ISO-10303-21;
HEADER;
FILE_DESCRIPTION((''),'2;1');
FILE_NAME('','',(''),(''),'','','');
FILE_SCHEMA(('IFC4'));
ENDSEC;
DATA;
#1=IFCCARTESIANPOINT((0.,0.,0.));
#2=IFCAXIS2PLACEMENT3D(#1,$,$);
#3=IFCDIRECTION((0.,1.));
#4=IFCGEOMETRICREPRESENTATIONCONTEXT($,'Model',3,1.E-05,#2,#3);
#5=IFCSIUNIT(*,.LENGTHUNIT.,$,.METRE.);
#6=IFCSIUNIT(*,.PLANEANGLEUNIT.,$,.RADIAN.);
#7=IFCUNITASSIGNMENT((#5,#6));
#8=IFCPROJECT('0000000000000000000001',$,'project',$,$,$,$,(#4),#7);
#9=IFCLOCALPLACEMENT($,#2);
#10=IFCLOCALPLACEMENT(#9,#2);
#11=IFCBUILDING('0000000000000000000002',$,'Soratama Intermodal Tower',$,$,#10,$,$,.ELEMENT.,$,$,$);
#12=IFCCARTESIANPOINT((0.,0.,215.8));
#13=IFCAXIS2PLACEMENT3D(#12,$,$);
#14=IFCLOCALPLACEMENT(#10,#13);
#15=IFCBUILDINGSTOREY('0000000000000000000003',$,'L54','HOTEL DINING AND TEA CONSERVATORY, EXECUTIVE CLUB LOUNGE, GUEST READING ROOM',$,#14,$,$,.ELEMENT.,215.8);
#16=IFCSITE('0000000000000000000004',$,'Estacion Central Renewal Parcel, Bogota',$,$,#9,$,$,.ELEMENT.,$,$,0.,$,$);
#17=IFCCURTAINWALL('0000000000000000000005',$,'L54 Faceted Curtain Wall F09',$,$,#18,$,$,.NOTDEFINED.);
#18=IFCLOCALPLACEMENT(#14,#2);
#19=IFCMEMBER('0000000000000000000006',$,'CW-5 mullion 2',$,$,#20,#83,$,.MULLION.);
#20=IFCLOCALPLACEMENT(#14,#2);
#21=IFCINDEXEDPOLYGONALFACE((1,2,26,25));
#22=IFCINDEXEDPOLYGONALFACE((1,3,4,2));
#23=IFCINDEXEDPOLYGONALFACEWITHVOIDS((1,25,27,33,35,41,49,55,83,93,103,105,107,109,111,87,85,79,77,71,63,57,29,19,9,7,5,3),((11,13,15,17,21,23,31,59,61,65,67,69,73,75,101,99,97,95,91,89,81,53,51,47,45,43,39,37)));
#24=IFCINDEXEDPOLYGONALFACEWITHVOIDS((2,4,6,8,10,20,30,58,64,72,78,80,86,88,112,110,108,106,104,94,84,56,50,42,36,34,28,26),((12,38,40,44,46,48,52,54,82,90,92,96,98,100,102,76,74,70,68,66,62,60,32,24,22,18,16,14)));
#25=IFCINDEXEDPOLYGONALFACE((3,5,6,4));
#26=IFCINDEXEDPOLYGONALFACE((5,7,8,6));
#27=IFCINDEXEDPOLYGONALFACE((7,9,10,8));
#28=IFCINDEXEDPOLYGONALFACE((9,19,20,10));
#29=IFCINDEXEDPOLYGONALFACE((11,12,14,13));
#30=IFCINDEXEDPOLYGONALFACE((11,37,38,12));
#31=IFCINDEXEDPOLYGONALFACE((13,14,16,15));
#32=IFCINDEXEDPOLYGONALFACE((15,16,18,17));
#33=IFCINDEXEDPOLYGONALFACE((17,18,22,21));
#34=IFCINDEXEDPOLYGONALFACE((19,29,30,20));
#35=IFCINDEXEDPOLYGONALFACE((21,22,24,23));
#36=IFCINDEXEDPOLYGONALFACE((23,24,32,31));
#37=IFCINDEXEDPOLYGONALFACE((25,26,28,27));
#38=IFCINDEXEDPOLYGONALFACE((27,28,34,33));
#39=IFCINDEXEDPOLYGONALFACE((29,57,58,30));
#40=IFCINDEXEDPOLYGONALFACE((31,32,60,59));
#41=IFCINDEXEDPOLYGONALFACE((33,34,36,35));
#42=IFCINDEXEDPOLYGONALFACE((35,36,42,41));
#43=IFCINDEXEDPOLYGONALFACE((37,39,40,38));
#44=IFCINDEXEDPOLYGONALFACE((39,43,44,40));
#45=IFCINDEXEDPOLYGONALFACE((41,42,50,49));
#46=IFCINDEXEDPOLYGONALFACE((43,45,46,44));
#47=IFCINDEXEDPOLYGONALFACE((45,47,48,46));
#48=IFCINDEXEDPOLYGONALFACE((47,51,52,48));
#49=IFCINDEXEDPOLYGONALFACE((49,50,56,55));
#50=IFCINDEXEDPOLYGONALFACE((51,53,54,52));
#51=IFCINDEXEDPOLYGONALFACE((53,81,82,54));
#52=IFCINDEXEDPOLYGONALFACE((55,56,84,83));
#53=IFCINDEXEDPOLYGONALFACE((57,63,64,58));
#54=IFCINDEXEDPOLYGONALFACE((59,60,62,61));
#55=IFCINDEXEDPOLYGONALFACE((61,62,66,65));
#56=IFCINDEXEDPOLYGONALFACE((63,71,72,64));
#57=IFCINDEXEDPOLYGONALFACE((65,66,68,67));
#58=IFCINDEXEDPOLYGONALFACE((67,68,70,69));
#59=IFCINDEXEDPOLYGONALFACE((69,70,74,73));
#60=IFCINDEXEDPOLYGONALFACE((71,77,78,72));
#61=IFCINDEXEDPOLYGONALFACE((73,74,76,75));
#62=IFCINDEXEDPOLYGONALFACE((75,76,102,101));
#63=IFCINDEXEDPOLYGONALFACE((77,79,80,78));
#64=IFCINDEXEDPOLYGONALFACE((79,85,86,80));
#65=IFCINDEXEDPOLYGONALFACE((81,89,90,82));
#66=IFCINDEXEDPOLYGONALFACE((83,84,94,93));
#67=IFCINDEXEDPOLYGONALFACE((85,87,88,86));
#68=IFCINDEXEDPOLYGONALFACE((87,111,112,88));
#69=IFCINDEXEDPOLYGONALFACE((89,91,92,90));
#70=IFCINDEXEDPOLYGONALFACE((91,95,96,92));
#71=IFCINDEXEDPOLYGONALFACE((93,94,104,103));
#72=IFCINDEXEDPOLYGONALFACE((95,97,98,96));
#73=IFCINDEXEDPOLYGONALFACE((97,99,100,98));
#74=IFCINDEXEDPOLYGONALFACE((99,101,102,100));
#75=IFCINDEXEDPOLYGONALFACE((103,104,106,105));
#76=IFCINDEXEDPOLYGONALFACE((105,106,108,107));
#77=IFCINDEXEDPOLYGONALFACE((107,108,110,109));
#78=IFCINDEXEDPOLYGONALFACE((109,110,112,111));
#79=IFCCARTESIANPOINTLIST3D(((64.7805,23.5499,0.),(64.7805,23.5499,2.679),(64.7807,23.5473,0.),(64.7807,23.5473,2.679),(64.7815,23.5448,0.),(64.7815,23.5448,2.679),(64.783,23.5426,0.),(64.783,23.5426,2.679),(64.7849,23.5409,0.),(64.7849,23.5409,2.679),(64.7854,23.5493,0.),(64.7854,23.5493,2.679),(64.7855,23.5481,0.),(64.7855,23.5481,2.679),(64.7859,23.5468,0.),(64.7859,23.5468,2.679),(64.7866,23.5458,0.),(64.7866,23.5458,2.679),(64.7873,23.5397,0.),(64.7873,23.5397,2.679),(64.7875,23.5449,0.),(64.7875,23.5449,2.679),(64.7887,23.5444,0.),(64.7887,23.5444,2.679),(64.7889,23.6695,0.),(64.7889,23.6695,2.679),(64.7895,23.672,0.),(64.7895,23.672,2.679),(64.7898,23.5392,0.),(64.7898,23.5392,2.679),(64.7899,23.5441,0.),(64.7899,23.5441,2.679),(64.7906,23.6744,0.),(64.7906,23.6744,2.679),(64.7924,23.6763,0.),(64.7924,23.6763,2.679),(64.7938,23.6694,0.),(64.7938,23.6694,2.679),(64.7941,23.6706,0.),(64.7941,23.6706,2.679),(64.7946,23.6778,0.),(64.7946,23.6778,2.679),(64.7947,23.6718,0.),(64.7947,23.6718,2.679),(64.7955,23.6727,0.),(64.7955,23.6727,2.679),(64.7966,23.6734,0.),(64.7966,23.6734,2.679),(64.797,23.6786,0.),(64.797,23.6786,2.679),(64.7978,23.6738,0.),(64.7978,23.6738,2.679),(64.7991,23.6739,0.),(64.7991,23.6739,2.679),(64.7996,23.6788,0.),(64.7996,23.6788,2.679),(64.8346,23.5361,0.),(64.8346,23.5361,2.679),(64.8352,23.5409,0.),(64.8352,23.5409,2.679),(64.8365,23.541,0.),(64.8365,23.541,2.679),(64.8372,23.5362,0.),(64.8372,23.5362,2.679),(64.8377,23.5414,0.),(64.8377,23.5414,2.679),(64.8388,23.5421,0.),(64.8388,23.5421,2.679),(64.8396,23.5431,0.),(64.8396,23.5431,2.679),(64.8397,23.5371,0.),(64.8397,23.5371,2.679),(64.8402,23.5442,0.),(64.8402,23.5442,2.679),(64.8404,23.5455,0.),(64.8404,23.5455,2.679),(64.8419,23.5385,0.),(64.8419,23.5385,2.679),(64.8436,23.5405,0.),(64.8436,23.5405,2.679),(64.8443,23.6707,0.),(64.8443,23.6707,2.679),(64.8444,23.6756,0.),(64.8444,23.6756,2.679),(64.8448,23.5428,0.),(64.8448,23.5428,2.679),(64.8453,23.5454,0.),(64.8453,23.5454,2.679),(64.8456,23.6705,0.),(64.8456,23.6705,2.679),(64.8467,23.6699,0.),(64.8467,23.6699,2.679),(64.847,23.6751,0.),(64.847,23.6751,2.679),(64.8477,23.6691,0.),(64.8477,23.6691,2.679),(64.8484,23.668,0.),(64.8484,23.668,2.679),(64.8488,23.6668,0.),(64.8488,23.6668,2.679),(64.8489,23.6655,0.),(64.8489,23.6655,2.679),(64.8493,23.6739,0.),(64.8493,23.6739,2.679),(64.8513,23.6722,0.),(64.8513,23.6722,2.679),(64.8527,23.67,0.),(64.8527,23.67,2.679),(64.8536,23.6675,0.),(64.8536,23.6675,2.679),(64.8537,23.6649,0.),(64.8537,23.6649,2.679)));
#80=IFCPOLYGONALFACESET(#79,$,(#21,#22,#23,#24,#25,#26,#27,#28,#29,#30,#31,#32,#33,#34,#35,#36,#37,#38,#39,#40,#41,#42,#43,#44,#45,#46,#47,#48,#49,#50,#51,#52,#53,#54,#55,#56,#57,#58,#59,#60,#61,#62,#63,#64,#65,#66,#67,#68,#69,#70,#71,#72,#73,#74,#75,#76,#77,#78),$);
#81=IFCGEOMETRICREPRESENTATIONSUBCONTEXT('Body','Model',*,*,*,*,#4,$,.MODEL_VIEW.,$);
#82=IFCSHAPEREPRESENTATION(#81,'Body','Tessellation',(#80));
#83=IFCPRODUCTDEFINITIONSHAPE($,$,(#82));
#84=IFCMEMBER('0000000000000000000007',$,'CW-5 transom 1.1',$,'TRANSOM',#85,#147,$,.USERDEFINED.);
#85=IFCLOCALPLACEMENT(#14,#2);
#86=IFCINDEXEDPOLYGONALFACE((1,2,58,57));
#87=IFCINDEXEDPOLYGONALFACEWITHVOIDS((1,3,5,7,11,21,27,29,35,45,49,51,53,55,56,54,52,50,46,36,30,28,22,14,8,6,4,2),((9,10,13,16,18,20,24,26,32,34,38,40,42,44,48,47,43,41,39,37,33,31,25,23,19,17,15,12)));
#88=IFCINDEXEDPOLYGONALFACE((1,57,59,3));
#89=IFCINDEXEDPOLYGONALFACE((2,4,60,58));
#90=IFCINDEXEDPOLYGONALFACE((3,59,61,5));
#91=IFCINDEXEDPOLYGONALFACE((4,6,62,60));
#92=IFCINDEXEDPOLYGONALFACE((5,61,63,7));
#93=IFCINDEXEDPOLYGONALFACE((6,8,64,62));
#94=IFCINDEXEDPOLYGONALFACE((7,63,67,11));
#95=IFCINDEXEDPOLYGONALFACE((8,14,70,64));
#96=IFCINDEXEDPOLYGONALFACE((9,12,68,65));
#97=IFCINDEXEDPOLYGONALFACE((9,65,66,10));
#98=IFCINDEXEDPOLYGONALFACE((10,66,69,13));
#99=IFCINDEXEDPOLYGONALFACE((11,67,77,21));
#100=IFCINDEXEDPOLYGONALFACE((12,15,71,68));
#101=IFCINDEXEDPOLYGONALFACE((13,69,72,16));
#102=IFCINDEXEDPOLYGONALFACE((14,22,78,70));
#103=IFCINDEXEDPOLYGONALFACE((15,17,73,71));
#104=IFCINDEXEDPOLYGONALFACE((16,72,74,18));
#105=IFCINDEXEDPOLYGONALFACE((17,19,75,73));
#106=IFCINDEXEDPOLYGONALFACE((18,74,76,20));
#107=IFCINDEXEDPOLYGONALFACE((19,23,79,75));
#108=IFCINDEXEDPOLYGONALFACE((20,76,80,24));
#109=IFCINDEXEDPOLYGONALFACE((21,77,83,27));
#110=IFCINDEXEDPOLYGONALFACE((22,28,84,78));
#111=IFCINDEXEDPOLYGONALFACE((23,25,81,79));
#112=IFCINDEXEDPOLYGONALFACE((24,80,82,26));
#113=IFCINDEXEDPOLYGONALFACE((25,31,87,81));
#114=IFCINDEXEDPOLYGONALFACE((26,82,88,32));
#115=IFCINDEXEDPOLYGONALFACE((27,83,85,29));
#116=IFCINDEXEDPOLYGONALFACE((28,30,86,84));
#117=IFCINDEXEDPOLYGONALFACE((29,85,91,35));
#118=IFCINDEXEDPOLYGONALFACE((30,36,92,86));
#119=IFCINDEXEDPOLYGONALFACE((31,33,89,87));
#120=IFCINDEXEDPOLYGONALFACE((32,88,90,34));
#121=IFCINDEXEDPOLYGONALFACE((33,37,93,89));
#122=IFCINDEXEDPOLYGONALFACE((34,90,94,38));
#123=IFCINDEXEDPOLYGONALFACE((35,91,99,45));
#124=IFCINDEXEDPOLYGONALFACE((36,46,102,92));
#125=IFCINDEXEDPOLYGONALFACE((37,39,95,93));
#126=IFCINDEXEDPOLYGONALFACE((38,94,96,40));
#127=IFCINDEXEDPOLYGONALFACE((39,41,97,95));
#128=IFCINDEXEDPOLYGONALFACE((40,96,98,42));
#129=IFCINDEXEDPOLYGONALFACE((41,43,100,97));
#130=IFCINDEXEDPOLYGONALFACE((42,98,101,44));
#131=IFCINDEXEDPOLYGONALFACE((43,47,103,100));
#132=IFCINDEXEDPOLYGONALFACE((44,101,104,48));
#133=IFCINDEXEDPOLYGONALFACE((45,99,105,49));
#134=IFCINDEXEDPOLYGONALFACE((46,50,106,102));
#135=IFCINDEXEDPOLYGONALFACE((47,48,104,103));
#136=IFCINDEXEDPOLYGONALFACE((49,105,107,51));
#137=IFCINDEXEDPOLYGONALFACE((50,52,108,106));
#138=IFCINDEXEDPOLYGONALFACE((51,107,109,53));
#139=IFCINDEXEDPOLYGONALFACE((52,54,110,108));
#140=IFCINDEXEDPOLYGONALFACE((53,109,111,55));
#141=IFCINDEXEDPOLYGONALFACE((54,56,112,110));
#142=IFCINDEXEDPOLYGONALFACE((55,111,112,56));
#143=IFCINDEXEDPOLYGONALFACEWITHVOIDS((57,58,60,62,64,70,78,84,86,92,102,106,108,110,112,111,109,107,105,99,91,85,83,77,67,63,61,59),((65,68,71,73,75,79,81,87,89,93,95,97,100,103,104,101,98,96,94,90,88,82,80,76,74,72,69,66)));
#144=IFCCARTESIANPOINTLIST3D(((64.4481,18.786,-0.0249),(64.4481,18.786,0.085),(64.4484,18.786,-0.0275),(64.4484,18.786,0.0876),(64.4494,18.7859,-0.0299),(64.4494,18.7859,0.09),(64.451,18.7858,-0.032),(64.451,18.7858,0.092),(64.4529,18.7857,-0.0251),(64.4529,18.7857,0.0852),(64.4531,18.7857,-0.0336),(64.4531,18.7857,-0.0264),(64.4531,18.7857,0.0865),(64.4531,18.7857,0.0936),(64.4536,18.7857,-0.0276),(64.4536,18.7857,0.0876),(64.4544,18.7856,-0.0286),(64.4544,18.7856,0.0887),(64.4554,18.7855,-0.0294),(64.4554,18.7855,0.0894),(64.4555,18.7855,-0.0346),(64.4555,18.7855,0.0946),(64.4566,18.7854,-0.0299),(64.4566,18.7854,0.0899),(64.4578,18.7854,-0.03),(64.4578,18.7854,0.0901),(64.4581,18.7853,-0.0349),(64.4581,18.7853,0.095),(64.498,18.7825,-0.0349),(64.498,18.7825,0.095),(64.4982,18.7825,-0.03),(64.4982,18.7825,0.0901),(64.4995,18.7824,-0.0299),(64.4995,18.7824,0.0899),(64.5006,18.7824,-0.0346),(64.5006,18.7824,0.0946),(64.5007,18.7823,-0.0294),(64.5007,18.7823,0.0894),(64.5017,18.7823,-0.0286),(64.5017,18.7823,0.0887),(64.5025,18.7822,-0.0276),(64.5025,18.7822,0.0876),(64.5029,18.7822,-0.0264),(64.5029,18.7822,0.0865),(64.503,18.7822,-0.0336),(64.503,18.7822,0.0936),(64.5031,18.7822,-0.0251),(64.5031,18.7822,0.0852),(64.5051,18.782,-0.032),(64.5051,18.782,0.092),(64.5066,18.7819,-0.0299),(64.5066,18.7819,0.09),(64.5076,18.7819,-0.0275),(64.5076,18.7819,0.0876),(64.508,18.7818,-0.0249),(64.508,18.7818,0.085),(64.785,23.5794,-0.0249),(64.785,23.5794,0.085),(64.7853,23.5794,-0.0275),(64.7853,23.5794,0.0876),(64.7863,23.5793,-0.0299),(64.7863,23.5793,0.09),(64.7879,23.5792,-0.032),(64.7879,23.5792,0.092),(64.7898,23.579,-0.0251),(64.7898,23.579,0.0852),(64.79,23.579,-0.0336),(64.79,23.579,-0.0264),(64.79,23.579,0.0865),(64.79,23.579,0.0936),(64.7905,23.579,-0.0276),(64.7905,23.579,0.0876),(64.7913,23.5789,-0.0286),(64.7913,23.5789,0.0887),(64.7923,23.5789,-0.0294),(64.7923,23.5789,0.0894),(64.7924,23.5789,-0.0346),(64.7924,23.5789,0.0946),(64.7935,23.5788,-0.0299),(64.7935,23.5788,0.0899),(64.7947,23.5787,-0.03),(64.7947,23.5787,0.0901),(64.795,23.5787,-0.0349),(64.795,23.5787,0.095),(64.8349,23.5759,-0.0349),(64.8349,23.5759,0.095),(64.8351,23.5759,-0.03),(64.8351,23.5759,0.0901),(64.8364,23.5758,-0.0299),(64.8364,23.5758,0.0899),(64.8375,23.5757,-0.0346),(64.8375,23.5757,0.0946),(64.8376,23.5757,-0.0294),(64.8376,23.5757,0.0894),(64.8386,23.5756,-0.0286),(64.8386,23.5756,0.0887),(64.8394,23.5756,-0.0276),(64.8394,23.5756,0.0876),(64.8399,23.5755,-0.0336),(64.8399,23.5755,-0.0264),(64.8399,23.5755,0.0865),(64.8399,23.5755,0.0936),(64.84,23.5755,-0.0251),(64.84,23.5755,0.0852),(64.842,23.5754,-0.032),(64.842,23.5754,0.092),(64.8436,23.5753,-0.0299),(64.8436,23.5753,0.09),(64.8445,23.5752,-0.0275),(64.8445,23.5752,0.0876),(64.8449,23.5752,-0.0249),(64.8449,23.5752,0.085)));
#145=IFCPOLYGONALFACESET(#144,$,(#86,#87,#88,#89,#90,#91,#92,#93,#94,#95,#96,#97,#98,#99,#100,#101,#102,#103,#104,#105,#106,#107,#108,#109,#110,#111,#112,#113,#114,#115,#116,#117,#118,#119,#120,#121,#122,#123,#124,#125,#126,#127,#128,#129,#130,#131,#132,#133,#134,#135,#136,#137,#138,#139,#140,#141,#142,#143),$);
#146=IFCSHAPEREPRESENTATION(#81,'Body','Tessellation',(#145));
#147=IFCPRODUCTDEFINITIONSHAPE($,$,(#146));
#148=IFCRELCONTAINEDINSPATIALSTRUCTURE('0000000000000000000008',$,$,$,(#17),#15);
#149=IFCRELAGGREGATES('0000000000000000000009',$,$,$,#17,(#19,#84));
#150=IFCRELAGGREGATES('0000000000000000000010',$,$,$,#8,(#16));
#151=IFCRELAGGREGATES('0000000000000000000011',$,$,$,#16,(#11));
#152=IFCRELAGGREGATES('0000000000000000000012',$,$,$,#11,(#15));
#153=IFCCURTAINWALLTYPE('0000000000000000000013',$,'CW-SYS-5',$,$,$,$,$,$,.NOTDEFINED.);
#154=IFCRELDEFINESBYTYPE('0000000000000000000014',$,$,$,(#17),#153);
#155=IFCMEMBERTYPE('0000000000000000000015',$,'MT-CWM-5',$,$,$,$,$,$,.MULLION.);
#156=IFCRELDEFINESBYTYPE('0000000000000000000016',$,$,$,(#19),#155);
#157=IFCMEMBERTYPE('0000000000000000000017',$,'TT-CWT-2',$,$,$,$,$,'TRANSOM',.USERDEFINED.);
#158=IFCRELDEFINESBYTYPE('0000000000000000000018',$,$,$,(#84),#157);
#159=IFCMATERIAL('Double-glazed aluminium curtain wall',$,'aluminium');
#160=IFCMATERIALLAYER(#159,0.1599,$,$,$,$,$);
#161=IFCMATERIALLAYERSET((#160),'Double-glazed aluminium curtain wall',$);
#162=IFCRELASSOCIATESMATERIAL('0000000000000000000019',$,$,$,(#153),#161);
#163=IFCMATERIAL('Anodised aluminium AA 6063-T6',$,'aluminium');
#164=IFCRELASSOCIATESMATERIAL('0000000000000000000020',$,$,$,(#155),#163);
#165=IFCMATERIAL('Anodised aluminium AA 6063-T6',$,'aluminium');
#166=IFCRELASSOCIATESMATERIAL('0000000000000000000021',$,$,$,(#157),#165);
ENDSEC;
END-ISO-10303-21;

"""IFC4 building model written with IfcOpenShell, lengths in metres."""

from ifc_helpers import new_model, si_unit, direction, frame, origin, origin_2d, place, context, subcontext, project, spatial, hollow_rectangle, extrude, material, layer, layer_set, material_profile, profile_set, type_object, element, aggregate, save


model = new_model("IFC4")

# Units and contexts
model_context = context("Model", 3, precision=1e-05, world=origin(), true_north=direction((0.0, 1.0)))
body_context = subcontext(model_context, "Body", "Model", "MODEL_VIEW")
ifc_project = project(units=[si_unit("LENGTHUNIT", "METRE"), si_unit("PLANEANGLEUNIT", "RADIAN")], contexts=[model_context])

# Site, building, storey
site_placement = place(None, origin())
site = spatial("IfcSite", under=ifc_project, at=site_placement, Name="Estacion Central Renewal Parcel, Bogota", CompositionType="ELEMENT", RefElevation=0.0)
building_placement = place(site_placement, origin())
building = spatial("IfcBuilding", under=site, at=building_placement, Name="Soratama Intermodal Tower", CompositionType="ELEMENT")
storey_placement = place(building_placement, frame((0.0, 0.0, 215.8)))
storey = spatial("IfcBuildingStorey", under=building, at=storey_placement, Name="L54", Description="HOTEL DINING AND TEA CONSERVATORY, EXECUTIVE CLUB LOUNGE, GUEST READING ROOM", CompositionType="ELEMENT", Elevation=215.8)

# Shared definitions
ifc_material_1 = material(Name="Double-glazed aluminium curtain wall", Category="aluminium")
ifc_layer_1 = layer(ifc_material_1, 0.1599)
ifc_layer_set_1 = layer_set([ifc_layer_1], Name="Double-glazed aluminium curtain wall")
curtain_wall_type = type_object("IfcCurtainWallType", Name="CW-SYS-5", PredefinedType="NOTDEFINED", material=ifc_layer_set_1)
ifc_material_2 = material(Name="Anodised aluminium AA 6063-T6", Category="aluminium")
ifc_material_profile_1 = material_profile(ifc_material_2, hollow_rectangle(XDim=0.0649, YDim=0.1399, WallThickness=0.0049, InnerFilletRadius=0.0049, OuterFilletRadius=0.01, at=origin_2d()), Name="CWM140X65X5")
ifc_profile_set_1 = profile_set([ifc_material_profile_1], Name="Anodised aluminium AA 6063-T6")
member_type_1 = type_object("IfcMemberType", Name="MT-CWM-5", PredefinedType="MULLION", material=ifc_profile_set_1)

# Curtain wall, members
curtain_wall_1_placement = place(storey_placement, origin())
curtain_wall_1 = element("IfcCurtainWall", 1, at=curtain_wall_1_placement, inside=storey, type_object=curtain_wall_type, Name="L54 Faceted Curtain Wall F09", PredefinedType="NOTDEFINED")
member_1_placement = place(storey_placement, frame((64.8171, 23.6074, 0.0), z_axis=(0.0, 0.0, 1.0), x_axis=(-0.997539, 0.070109, 0.0)))
member_1 = element("IfcMember", 2, at=member_1_placement, type_object=member_type_1, Name="CW-5 mullion 2", PredefinedType="MULLION", context=body_context, shape_type="SweptSolid", body=[
    extrude(hollow_rectangle(XDim=0.0649, YDim=0.1399, WallThickness=0.0049, InnerFilletRadius=0.0049, OuterFilletRadius=0.01, at=origin_2d()), origin(), (0.0, 0.0, 1.0), 2.679),
])
ifc_material_3 = material(Name="Anodised aluminium AA 6063-T6", Category="aluminium")
ifc_material_profile_2 = material_profile(ifc_material_3, hollow_rectangle(XDim=0.0601, YDim=0.1299, WallThickness=0.0049, InnerFilletRadius=0.0049, OuterFilletRadius=0.01, at=origin_2d()), Name="CWT130X60X5")
ifc_profile_set_2 = profile_set([ifc_material_profile_2], Name="Anodised aluminium AA 6063-T6")
member_type_2 = type_object("IfcMemberType", Name="TT-CWT-2", ElementType="TRANSOM", PredefinedType="USERDEFINED", material=ifc_profile_set_2)
member_2_placement = place(storey_placement, frame((64.478, 18.7839, 0.03), z_axis=(0.070113, 0.997539, 0.0), x_axis=(-0.997539, 0.070113, 0.0)))
member_2 = element("IfcMember", 3, at=member_2_placement, type_object=member_type_2, Name="CW-5 transom 1.1", ObjectType="TRANSOM", PredefinedType="USERDEFINED", context=body_context, shape_type="SweptSolid", body=[
    extrude(hollow_rectangle(XDim=0.0601, YDim=0.1299, WallThickness=0.0049, InnerFilletRadius=0.0049, OuterFilletRadius=0.01, at=origin_2d()), origin(), (0.0, 0.0, 1.0), 4.8052),
])

aggregate(curtain_wall_1, [member_1, member_2])

save(model, "model.ifc")
